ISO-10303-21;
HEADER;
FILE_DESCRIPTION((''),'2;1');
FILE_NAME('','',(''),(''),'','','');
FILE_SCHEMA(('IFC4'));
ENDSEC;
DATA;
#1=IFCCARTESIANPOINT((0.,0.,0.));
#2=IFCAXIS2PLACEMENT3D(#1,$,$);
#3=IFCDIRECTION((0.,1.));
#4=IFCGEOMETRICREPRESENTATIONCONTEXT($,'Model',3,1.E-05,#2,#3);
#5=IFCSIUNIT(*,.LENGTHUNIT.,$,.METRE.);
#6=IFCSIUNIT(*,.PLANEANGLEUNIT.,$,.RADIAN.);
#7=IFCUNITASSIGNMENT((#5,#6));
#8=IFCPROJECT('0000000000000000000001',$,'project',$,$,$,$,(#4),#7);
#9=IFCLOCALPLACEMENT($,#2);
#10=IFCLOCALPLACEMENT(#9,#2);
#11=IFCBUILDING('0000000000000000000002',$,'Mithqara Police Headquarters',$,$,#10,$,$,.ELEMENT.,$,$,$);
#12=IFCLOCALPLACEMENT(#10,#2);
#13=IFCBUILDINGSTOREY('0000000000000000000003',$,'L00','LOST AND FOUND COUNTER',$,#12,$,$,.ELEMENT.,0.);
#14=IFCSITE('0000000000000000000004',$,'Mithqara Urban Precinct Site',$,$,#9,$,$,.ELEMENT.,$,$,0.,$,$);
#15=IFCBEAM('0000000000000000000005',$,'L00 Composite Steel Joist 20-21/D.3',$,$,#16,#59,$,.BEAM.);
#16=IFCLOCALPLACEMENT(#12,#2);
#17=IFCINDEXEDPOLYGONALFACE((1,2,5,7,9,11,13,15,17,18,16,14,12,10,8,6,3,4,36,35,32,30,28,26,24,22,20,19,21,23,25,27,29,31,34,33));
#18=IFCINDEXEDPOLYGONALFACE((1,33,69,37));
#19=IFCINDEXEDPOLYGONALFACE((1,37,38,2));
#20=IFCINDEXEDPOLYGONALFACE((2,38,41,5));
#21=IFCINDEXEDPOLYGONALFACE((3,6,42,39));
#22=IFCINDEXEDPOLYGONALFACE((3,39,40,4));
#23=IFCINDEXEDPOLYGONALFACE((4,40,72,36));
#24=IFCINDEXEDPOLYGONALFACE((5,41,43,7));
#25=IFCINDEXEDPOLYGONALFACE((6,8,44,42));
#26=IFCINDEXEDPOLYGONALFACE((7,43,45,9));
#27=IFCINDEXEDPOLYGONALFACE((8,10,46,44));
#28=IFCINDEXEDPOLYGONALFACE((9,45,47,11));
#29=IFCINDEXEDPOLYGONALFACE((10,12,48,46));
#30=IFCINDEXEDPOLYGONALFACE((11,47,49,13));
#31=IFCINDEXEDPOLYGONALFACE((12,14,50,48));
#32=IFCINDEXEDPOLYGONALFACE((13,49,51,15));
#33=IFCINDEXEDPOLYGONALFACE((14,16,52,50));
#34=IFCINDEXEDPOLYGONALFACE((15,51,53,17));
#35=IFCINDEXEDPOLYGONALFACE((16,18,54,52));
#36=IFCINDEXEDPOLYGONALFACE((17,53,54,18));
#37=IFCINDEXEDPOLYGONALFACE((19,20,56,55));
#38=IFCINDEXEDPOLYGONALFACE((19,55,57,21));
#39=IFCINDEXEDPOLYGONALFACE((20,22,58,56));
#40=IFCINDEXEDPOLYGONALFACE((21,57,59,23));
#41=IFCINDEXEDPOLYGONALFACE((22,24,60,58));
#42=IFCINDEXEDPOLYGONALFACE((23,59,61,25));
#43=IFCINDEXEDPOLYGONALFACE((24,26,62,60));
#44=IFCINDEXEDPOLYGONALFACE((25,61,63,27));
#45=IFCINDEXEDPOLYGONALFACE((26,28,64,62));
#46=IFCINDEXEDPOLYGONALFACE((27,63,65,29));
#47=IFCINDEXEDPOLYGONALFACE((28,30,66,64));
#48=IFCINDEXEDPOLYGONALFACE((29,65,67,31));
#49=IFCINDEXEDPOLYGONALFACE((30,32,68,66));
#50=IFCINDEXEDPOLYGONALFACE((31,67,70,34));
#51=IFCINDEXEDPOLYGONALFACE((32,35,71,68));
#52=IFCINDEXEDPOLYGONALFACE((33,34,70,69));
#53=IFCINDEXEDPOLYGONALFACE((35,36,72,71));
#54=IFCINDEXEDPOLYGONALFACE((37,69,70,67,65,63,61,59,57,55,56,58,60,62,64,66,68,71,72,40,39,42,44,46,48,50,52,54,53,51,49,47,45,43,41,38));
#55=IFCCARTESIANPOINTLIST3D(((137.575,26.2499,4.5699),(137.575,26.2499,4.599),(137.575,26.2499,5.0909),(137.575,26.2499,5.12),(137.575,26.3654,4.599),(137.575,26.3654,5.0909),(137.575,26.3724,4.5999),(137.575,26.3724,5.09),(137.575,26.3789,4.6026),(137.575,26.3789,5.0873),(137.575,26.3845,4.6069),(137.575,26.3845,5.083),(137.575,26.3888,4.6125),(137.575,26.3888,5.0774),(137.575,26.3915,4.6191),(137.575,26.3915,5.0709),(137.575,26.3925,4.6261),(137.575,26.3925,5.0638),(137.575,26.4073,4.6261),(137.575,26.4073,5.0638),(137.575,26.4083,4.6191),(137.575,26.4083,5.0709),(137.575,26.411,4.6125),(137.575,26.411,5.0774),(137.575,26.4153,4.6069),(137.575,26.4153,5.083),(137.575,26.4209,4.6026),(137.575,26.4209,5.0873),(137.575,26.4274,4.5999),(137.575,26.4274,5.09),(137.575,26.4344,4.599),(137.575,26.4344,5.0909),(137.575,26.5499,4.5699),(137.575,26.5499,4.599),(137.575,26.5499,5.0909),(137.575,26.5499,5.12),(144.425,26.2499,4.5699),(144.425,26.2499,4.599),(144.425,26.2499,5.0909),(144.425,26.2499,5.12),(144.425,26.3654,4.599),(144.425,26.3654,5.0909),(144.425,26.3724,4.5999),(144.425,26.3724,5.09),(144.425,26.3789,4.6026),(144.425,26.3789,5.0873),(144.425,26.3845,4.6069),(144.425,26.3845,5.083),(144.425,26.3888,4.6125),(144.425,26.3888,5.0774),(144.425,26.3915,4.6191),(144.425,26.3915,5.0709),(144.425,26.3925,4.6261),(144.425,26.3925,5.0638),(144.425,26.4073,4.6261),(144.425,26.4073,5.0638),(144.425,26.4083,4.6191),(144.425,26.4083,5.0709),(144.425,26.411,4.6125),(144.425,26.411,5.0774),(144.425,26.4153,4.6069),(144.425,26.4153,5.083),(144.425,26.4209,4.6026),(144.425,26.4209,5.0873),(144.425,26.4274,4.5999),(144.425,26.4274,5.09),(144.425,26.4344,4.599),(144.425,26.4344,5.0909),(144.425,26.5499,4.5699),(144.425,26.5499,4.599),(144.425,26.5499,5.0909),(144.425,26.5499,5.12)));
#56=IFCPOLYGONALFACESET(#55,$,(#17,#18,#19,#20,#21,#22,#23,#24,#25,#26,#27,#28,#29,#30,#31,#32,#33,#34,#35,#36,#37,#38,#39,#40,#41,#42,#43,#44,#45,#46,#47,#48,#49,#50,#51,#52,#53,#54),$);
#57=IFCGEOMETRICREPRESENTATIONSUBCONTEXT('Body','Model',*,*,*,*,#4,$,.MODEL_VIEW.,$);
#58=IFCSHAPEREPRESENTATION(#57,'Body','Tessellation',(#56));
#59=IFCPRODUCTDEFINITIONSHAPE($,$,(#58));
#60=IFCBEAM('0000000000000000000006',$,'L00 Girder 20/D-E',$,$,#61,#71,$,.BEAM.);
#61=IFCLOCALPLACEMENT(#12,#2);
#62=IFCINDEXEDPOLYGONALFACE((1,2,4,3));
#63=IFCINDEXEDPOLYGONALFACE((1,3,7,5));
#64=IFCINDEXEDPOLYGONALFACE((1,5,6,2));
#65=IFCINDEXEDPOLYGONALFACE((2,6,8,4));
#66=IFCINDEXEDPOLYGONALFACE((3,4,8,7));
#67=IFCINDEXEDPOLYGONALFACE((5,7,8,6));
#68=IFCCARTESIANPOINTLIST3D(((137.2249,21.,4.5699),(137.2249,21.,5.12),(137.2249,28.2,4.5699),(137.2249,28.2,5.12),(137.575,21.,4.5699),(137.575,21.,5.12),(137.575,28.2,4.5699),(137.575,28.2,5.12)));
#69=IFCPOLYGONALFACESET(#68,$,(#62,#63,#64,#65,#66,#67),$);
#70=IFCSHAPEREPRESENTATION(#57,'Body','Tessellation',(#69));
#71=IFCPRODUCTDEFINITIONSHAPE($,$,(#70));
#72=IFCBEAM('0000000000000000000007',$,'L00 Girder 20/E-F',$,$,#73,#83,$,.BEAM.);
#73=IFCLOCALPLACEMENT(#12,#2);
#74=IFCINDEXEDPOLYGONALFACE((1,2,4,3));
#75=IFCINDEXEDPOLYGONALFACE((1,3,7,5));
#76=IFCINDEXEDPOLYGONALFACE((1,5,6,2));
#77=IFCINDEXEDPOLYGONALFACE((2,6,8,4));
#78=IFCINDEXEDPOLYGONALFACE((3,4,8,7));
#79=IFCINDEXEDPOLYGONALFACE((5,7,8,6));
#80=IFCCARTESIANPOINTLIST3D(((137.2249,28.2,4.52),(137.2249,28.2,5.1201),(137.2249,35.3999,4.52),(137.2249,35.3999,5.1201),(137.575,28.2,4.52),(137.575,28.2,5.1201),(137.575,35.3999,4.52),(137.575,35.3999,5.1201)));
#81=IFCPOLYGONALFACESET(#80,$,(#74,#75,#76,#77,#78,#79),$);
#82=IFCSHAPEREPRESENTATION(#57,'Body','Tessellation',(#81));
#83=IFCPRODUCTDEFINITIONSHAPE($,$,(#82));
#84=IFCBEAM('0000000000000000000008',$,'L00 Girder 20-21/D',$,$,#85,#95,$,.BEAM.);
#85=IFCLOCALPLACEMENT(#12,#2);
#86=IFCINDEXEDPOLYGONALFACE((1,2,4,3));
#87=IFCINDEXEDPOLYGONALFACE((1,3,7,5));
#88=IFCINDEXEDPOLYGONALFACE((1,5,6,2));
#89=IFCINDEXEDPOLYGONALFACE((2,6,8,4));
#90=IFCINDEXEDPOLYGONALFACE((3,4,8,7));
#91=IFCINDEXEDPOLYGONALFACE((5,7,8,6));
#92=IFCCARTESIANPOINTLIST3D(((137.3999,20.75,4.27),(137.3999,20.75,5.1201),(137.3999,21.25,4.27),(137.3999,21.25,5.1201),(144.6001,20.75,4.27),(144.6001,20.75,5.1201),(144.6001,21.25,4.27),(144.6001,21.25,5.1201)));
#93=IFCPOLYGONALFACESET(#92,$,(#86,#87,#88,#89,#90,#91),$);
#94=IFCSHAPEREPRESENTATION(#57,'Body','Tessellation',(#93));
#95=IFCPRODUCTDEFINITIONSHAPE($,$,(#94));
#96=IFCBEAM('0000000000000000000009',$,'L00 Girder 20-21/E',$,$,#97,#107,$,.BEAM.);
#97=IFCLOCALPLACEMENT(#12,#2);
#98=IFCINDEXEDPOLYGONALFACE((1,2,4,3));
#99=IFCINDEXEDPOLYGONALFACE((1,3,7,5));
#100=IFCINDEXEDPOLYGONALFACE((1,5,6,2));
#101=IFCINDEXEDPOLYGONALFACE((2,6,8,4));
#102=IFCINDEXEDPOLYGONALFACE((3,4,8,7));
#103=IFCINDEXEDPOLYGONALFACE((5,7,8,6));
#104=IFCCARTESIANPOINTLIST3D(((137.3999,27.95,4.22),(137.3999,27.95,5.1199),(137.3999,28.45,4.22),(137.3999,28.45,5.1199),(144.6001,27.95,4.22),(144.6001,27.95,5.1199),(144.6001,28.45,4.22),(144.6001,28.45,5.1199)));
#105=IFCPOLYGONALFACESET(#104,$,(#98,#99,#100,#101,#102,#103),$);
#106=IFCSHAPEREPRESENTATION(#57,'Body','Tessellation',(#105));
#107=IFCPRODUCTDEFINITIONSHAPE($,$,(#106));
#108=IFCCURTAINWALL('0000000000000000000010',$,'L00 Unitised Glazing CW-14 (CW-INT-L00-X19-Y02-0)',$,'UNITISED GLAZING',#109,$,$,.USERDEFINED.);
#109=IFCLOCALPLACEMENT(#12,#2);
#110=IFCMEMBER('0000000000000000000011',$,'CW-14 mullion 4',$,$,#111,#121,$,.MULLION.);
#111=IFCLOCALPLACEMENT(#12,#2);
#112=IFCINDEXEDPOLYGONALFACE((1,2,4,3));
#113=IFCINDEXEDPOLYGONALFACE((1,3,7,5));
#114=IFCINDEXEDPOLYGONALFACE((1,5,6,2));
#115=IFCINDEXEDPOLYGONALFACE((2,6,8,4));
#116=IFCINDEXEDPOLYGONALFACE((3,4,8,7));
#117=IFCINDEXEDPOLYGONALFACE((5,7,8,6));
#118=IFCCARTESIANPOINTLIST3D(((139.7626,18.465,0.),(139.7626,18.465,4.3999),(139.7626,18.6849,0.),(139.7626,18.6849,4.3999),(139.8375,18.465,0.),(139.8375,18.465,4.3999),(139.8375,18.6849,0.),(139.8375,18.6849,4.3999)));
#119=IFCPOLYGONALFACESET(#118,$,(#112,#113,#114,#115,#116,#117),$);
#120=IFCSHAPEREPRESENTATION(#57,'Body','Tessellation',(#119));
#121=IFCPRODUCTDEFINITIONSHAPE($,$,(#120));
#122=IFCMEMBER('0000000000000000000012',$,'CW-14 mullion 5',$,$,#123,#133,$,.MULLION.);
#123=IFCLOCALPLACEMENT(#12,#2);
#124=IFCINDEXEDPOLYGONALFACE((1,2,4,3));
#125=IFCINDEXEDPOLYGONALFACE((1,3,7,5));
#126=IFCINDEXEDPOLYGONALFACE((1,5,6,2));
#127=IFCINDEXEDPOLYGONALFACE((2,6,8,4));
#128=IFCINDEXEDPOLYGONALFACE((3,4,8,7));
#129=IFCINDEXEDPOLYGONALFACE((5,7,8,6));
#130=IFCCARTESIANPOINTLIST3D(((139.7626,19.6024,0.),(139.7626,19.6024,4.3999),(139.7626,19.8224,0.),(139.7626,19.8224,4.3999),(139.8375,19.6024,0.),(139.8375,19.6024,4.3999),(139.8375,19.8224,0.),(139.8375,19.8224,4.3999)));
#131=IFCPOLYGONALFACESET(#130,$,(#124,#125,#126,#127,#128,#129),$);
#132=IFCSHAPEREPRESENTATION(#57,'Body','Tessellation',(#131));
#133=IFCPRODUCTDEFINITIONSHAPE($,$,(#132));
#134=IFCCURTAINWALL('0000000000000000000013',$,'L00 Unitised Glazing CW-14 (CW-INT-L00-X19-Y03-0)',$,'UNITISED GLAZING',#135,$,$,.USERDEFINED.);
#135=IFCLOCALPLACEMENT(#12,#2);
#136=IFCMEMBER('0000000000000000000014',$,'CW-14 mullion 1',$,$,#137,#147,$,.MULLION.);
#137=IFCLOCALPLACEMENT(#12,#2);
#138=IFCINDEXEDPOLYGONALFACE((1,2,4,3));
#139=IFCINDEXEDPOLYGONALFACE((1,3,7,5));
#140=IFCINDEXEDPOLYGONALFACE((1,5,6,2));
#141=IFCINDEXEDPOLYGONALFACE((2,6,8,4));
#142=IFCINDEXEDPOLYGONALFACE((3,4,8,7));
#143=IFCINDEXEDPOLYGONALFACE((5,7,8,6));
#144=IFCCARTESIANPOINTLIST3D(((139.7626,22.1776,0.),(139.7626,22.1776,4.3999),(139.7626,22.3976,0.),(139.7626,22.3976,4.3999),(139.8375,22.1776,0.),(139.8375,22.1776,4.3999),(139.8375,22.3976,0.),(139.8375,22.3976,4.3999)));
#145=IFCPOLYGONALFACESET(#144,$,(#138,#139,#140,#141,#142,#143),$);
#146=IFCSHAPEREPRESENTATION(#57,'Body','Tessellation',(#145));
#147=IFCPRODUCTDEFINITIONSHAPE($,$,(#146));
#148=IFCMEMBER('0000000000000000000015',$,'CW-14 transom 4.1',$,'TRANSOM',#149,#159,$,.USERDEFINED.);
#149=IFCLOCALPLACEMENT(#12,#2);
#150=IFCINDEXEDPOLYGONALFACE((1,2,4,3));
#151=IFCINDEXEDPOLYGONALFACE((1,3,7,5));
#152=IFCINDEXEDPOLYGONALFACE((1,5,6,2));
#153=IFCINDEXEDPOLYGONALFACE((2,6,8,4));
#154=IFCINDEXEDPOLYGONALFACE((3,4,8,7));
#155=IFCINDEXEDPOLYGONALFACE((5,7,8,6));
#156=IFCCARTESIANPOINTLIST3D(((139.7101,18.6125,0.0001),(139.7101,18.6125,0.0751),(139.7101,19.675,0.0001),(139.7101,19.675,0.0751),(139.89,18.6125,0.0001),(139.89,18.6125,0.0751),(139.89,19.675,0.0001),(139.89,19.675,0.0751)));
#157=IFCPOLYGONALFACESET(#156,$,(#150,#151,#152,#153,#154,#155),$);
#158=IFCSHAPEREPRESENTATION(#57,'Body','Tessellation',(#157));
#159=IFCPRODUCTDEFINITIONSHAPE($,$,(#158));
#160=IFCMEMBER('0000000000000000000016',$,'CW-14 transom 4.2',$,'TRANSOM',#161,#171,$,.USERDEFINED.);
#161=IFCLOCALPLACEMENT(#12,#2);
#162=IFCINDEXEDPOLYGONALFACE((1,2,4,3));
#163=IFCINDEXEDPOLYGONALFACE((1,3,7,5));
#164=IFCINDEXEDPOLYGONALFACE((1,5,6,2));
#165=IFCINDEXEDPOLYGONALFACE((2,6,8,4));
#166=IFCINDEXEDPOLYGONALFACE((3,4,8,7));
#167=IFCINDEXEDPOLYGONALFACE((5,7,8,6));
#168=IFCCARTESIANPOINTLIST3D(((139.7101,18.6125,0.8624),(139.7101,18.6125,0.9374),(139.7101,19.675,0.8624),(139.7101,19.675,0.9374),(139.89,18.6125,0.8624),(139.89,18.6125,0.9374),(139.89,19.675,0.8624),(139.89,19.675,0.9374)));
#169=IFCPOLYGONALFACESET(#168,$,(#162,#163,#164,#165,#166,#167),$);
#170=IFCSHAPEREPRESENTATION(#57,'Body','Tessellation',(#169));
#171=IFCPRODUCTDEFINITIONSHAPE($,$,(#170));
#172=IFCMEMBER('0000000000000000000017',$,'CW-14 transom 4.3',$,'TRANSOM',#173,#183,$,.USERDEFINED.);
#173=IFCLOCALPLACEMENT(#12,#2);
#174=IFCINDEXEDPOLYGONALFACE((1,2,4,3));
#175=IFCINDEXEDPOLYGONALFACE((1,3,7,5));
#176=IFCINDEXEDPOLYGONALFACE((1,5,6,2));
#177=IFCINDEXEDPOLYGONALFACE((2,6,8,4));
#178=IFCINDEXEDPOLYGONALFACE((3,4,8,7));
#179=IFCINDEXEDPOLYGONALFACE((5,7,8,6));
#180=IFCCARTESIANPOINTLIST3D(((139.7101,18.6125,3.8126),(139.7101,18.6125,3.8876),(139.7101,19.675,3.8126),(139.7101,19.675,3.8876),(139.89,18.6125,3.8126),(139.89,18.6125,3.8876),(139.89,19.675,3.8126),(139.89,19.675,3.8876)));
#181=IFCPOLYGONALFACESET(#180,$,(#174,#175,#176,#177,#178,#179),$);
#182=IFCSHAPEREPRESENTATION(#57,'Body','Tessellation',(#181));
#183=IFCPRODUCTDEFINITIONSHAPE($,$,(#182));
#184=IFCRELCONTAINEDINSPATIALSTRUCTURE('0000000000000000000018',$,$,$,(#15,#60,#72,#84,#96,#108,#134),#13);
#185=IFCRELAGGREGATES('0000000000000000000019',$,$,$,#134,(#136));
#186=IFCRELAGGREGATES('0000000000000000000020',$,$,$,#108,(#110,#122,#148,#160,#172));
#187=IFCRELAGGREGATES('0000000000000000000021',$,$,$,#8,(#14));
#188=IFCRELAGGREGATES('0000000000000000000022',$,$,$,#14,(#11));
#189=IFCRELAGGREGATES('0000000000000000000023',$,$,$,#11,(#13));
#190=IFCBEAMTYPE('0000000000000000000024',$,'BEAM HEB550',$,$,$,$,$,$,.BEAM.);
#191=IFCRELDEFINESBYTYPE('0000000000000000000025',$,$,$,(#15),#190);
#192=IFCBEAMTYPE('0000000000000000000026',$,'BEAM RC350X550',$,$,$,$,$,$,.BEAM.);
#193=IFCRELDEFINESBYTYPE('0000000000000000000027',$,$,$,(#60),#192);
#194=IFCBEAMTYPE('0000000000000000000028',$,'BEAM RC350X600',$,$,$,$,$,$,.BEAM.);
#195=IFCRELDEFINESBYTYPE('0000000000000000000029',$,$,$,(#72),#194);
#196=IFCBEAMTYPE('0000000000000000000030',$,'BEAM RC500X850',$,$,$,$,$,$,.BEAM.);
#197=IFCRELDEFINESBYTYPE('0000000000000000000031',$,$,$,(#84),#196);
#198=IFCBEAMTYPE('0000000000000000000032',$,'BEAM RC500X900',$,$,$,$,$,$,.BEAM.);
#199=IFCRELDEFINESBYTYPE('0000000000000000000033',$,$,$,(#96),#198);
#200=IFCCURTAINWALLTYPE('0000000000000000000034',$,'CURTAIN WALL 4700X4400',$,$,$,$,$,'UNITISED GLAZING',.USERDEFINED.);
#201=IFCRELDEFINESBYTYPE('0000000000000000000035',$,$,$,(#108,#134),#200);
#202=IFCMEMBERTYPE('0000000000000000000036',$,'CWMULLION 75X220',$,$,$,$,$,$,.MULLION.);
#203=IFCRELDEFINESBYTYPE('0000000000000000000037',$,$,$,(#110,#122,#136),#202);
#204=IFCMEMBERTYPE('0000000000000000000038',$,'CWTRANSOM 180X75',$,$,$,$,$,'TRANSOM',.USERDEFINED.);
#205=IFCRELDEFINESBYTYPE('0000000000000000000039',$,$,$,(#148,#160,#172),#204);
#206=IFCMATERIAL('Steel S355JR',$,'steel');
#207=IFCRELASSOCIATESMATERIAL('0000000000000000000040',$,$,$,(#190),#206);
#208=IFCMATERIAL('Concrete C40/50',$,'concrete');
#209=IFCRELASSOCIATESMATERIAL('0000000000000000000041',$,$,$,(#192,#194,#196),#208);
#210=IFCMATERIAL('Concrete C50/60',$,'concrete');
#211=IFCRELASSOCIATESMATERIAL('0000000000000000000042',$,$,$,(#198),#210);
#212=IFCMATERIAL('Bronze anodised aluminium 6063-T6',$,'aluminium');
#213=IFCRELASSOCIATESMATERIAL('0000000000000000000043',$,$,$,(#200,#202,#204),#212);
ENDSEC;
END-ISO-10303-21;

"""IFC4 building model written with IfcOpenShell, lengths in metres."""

from ifc_helpers import new_model, si_unit, direction, frame, origin, origin_2d, place, context, subcontext, project, spatial, rectangle, i_section, extrude, material, material_profile, profile_set, type_object, element, aggregate, save


model = new_model("IFC4")

# Units and contexts
model_context = context("Model", 3, precision=1e-05, world=origin(), true_north=direction((0.0, 1.0)))
body_context = subcontext(model_context, "Body", "Model", "MODEL_VIEW")
ifc_project = project(units=[si_unit("LENGTHUNIT", "METRE"), si_unit("PLANEANGLEUNIT", "RADIAN")], contexts=[model_context])

# Site, building, storey
site_placement = place(None, origin())
site = spatial("IfcSite", under=ifc_project, at=site_placement, Name="Mithqara Urban Precinct Site", CompositionType="ELEMENT", RefElevation=0.0)
building_placement = place(site_placement, origin())
building = spatial("IfcBuilding", under=site, at=building_placement, Name="Mithqara Police Headquarters", CompositionType="ELEMENT")
storey_placement = place(building_placement, origin())
storey = spatial("IfcBuildingStorey", under=building, at=storey_placement, Name="L00", Description="LOST AND FOUND COUNTER", CompositionType="ELEMENT", Elevation=0.0)

# Shared definitions
ifc_material_1 = material(Name="Concrete C50/60", Category="concrete")

# Beams
ifc_material_2 = material(Name="Steel S355JR", Category="steel")
ifc_material_profile_1 = material_profile(ifc_material_2, i_section(OverallWidth=0.3, OverallDepth=0.55, WebThickness=0.0149, FlangeThickness=0.0291, FilletRadius=0.0271, at=origin_2d()), Name="HEB 550")
ifc_profile_set_1 = profile_set([ifc_material_profile_1], Name="Steel S355JR")
beam_type_1 = type_object("IfcBeamType", Name="BEAM HEB550", PredefinedType="BEAM", material=ifc_profile_set_1)
for number, where, z_axis, x_axis, name in (
    (1, (137.575, 26.3999, 4.845), (1.0, 0.0, 0.0), (0.0, 1.0, 0.0), "L00 Composite Steel Joist 20-21/D.3"),
):
    element("IfcBeam", number, at=place(storey_placement, frame(where, z_axis=z_axis, x_axis=x_axis)), inside=storey, type_object=beam_type_1, Name=name, PredefinedType="BEAM", context=body_context, shape_type="SweptSolid", body=[
        extrude(i_section(OverallWidth=0.3, OverallDepth=0.55, WebThickness=0.0149, FlangeThickness=0.0291, FilletRadius=0.0271, at=origin_2d()), origin(), (0.0, 0.0, 1.0), 6.8501),
    ])
ifc_material_3 = material(Name="Concrete C40/50", Category="concrete")
ifc_material_profile_2 = material_profile(ifc_material_3, rectangle(XDim=0.3501, YDim=0.55, at=origin_2d()), Name="RC 350x550")
ifc_profile_set_2 = profile_set([ifc_material_profile_2], Name="Concrete C40/50")
beam_type_2 = type_object("IfcBeamType", Name="BEAM RC350X550", PredefinedType="BEAM", material=ifc_profile_set_2)
beam_1_placement = place(storey_placement, frame((137.3999, 21.0, 4.845), z_axis=(0.0, 1.0, 0.0), x_axis=(-1.0, 0.0, 0.0)))
element("IfcBeam", 2, at=beam_1_placement, inside=storey, type_object=beam_type_2, Name="L00 Girder 20/D-E", PredefinedType="BEAM", context=body_context, shape_type="SweptSolid", body=[
    extrude(rectangle(XDim=0.3501, YDim=0.55, at=origin_2d()), origin(), (0.0, 0.0, 1.0), 7.2),
])
ifc_material_profile_3 = material_profile(ifc_material_3, rectangle(XDim=0.3501, YDim=0.6001, at=origin_2d()), Name="RC 350x600")
ifc_profile_set_3 = profile_set([ifc_material_profile_3], Name="Concrete C40/50")
beam_type_3 = type_object("IfcBeamType", Name="BEAM RC350X600", PredefinedType="BEAM", material=ifc_profile_set_3)
beam_2_placement = place(storey_placement, frame((137.3999, 28.2, 4.8201), z_axis=(0.0, 1.0, 0.0), x_axis=(-1.0, 0.0, 0.0)))
element("IfcBeam", 3, at=beam_2_placement, inside=storey, type_object=beam_type_3, Name="L00 Girder 20/E-F", PredefinedType="BEAM", context=body_context, shape_type="SweptSolid", body=[
    extrude(rectangle(XDim=0.3501, YDim=0.6001, at=origin_2d()), origin(), (0.0, 0.0, 1.0), 7.2),
])
ifc_material_profile_4 = material_profile(ifc_material_3, rectangle(XDim=0.5, YDim=0.8501, at=origin_2d()), Name="RC 500x850")
ifc_profile_set_4 = profile_set([ifc_material_profile_4], Name="Concrete C40/50")
beam_type_4 = type_object("IfcBeamType", Name="BEAM RC500X850", PredefinedType="BEAM", material=ifc_profile_set_4)
beam_3_placement = place(storey_placement, frame((137.3999, 21.0, 4.6951), z_axis=(1.0, 0.0, 0.0), x_axis=(0.0, 1.0, 0.0)))
element("IfcBeam", 4, at=beam_3_placement, inside=storey, type_object=beam_type_4, Name="L00 Girder 20-21/D", PredefinedType="BEAM", context=body_context, shape_type="SweptSolid", body=[
    extrude(rectangle(XDim=0.5, YDim=0.8501, at=origin_2d()), origin(), (0.0, 0.0, 1.0), 7.2002),
])
ifc_material_profile_5 = material_profile(ifc_material_1, rectangle(XDim=0.5, YDim=0.8999, at=origin_2d()), Name="RC 500x900")
ifc_profile_set_5 = profile_set([ifc_material_profile_5], Name="Concrete C50/60")
beam_type_5 = type_object("IfcBeamType", Name="BEAM RC500X900", PredefinedType="BEAM", material=ifc_profile_set_5)
beam_4_placement = place(storey_placement, frame((137.3999, 28.2, 4.6699), z_axis=(1.0, 0.0, 0.0), x_axis=(0.0, 1.0, 0.0)))
element("IfcBeam", 5, at=beam_4_placement, inside=storey, type_object=beam_type_5, Name="L00 Girder 20-21/E", PredefinedType="BEAM", context=body_context, shape_type="SweptSolid", body=[
    extrude(rectangle(XDim=0.5, YDim=0.8999, at=origin_2d()), origin(), (0.0, 0.0, 1.0), 7.2002),
])

# Curtain wall, members
ifc_material_4 = material(Name="Bronze anodised aluminium 6063-T6", Category="aluminium")
curtain_wall_type = type_object("IfcCurtainWallType", Name="CURTAIN WALL 4700X4400", ElementType="UNITISED GLAZING", PredefinedType="USERDEFINED", material=ifc_material_4)
curtain_wall_1_placement = place(storey_placement, origin())
curtain_wall_1 = element("IfcCurtainWall", 6, at=curtain_wall_1_placement, inside=storey, type_object=curtain_wall_type, Name="L00 Unitised Glazing CW-14 (CW-INT-L00-X19-Y02-0)", ObjectType="UNITISED GLAZING", PredefinedType="USERDEFINED")
ifc_material_profile_6 = material_profile(ifc_material_4, rectangle(XDim=0.075, YDim=0.22, at=origin_2d()), Name="CWM 75x220")
ifc_profile_set_6 = profile_set([ifc_material_profile_6], Name="Bronze anodised aluminium 6063-T6")
member_type_1 = type_object("IfcMemberType", Name="CWMULLION 75X220", PredefinedType="MULLION", material=ifc_profile_set_6)
member_1_placement = place(storey_placement, frame((139.8, 18.575, 0.0), z_axis=(0.0, 0.0, 1.0), x_axis=(-1.0, 0.0, 0.0)))
member_1 = element("IfcMember", 7, at=member_1_placement, type_object=member_type_1, Name="CW-14 mullion 4", PredefinedType="MULLION", context=body_context, shape_type="SweptSolid", body=[
    extrude(rectangle(XDim=0.075, YDim=0.22, at=origin_2d()), origin(), (0.0, 0.0, 1.0), 4.3999),
])
member_2_placement = place(storey_placement, frame((139.8, 19.7124, 0.0), z_axis=(0.0, 0.0, 1.0), x_axis=(-1.0, 0.0, 0.0)))
member_2 = element("IfcMember", 8, at=member_2_placement, type_object=member_type_1, Name="CW-14 mullion 5", PredefinedType="MULLION", context=body_context, shape_type="SweptSolid", body=[
    extrude(rectangle(XDim=0.075, YDim=0.22, at=origin_2d()), origin(), (0.0, 0.0, 1.0), 4.3999),
])

# Curtain wall, member
curtain_wall_2_placement = place(storey_placement, origin())
curtain_wall_2 = element("IfcCurtainWall", 9, at=curtain_wall_2_placement, inside=storey, type_object=curtain_wall_type, Name="L00 Unitised Glazing CW-14 (CW-INT-L00-X19-Y03-0)", ObjectType="UNITISED GLAZING", PredefinedType="USERDEFINED")
member_3_placement = place(storey_placement, frame((139.8, 22.2876, 0.0), z_axis=(0.0, 0.0, 1.0), x_axis=(-1.0, 0.0, 0.0)))
member_3 = element("IfcMember", 10, at=member_3_placement, type_object=member_type_1, Name="CW-14 mullion 1", PredefinedType="MULLION", context=body_context, shape_type="SweptSolid", body=[
    extrude(rectangle(XDim=0.075, YDim=0.22, at=origin_2d()), origin(), (0.0, 0.0, 1.0), 4.3999),
])

# Members
ifc_material_profile_7 = material_profile(ifc_material_4, rectangle(XDim=0.1799, YDim=0.075, at=origin_2d()), Name="CWT 180x75")
ifc_profile_set_7 = profile_set([ifc_material_profile_7], Name="Bronze anodised aluminium 6063-T6")
member_type_2 = type_object("IfcMemberType", Name="CWTRANSOM 180X75", ElementType="TRANSOM", PredefinedType="USERDEFINED", material=ifc_profile_set_7)
member_4_placement = place(storey_placement, frame((139.8, 18.6125, 0.0376), z_axis=(0.0, 1.0, 0.0), x_axis=(-1.0, 0.0, 0.0)))
member_4 = element("IfcMember", 11, at=member_4_placement, type_object=member_type_2, Name="CW-14 transom 4.1", ObjectType="TRANSOM", PredefinedType="USERDEFINED", context=body_context, shape_type="SweptSolid", body=[
    extrude(rectangle(XDim=0.1799, YDim=0.075, at=origin_2d()), origin(), (0.0, 0.0, 1.0), 1.0625),
])
member_5_placement = place(storey_placement, frame((139.8, 18.6125, 0.8999), z_axis=(0.0, 1.0, 0.0), x_axis=(-1.0, 0.0, 0.0)))
member_5 = element("IfcMember", 12, at=member_5_placement, type_object=member_type_2, Name="CW-14 transom 4.2", ObjectType="TRANSOM", PredefinedType="USERDEFINED", context=body_context, shape_type="SweptSolid", body=[
    extrude(rectangle(XDim=0.1799, YDim=0.075, at=origin_2d()), origin(), (0.0, 0.0, 1.0), 1.0625),
])
member_6_placement = place(storey_placement, frame((139.8, 18.6125, 3.8501), z_axis=(0.0, 1.0, 0.0), x_axis=(-1.0, 0.0, 0.0)))
member_6 = element("IfcMember", 13, at=member_6_placement, type_object=member_type_2, Name="CW-14 transom 4.3", ObjectType="TRANSOM", PredefinedType="USERDEFINED", context=body_context, shape_type="SweptSolid", body=[
    extrude(rectangle(XDim=0.1799, YDim=0.075, at=origin_2d()), origin(), (0.0, 0.0, 1.0), 1.0625),
])

aggregate(curtain_wall_2, [member_3])
aggregate(curtain_wall_1, [member_1, member_2, member_4, member_5, member_6])

save(model, "model.ifc")
